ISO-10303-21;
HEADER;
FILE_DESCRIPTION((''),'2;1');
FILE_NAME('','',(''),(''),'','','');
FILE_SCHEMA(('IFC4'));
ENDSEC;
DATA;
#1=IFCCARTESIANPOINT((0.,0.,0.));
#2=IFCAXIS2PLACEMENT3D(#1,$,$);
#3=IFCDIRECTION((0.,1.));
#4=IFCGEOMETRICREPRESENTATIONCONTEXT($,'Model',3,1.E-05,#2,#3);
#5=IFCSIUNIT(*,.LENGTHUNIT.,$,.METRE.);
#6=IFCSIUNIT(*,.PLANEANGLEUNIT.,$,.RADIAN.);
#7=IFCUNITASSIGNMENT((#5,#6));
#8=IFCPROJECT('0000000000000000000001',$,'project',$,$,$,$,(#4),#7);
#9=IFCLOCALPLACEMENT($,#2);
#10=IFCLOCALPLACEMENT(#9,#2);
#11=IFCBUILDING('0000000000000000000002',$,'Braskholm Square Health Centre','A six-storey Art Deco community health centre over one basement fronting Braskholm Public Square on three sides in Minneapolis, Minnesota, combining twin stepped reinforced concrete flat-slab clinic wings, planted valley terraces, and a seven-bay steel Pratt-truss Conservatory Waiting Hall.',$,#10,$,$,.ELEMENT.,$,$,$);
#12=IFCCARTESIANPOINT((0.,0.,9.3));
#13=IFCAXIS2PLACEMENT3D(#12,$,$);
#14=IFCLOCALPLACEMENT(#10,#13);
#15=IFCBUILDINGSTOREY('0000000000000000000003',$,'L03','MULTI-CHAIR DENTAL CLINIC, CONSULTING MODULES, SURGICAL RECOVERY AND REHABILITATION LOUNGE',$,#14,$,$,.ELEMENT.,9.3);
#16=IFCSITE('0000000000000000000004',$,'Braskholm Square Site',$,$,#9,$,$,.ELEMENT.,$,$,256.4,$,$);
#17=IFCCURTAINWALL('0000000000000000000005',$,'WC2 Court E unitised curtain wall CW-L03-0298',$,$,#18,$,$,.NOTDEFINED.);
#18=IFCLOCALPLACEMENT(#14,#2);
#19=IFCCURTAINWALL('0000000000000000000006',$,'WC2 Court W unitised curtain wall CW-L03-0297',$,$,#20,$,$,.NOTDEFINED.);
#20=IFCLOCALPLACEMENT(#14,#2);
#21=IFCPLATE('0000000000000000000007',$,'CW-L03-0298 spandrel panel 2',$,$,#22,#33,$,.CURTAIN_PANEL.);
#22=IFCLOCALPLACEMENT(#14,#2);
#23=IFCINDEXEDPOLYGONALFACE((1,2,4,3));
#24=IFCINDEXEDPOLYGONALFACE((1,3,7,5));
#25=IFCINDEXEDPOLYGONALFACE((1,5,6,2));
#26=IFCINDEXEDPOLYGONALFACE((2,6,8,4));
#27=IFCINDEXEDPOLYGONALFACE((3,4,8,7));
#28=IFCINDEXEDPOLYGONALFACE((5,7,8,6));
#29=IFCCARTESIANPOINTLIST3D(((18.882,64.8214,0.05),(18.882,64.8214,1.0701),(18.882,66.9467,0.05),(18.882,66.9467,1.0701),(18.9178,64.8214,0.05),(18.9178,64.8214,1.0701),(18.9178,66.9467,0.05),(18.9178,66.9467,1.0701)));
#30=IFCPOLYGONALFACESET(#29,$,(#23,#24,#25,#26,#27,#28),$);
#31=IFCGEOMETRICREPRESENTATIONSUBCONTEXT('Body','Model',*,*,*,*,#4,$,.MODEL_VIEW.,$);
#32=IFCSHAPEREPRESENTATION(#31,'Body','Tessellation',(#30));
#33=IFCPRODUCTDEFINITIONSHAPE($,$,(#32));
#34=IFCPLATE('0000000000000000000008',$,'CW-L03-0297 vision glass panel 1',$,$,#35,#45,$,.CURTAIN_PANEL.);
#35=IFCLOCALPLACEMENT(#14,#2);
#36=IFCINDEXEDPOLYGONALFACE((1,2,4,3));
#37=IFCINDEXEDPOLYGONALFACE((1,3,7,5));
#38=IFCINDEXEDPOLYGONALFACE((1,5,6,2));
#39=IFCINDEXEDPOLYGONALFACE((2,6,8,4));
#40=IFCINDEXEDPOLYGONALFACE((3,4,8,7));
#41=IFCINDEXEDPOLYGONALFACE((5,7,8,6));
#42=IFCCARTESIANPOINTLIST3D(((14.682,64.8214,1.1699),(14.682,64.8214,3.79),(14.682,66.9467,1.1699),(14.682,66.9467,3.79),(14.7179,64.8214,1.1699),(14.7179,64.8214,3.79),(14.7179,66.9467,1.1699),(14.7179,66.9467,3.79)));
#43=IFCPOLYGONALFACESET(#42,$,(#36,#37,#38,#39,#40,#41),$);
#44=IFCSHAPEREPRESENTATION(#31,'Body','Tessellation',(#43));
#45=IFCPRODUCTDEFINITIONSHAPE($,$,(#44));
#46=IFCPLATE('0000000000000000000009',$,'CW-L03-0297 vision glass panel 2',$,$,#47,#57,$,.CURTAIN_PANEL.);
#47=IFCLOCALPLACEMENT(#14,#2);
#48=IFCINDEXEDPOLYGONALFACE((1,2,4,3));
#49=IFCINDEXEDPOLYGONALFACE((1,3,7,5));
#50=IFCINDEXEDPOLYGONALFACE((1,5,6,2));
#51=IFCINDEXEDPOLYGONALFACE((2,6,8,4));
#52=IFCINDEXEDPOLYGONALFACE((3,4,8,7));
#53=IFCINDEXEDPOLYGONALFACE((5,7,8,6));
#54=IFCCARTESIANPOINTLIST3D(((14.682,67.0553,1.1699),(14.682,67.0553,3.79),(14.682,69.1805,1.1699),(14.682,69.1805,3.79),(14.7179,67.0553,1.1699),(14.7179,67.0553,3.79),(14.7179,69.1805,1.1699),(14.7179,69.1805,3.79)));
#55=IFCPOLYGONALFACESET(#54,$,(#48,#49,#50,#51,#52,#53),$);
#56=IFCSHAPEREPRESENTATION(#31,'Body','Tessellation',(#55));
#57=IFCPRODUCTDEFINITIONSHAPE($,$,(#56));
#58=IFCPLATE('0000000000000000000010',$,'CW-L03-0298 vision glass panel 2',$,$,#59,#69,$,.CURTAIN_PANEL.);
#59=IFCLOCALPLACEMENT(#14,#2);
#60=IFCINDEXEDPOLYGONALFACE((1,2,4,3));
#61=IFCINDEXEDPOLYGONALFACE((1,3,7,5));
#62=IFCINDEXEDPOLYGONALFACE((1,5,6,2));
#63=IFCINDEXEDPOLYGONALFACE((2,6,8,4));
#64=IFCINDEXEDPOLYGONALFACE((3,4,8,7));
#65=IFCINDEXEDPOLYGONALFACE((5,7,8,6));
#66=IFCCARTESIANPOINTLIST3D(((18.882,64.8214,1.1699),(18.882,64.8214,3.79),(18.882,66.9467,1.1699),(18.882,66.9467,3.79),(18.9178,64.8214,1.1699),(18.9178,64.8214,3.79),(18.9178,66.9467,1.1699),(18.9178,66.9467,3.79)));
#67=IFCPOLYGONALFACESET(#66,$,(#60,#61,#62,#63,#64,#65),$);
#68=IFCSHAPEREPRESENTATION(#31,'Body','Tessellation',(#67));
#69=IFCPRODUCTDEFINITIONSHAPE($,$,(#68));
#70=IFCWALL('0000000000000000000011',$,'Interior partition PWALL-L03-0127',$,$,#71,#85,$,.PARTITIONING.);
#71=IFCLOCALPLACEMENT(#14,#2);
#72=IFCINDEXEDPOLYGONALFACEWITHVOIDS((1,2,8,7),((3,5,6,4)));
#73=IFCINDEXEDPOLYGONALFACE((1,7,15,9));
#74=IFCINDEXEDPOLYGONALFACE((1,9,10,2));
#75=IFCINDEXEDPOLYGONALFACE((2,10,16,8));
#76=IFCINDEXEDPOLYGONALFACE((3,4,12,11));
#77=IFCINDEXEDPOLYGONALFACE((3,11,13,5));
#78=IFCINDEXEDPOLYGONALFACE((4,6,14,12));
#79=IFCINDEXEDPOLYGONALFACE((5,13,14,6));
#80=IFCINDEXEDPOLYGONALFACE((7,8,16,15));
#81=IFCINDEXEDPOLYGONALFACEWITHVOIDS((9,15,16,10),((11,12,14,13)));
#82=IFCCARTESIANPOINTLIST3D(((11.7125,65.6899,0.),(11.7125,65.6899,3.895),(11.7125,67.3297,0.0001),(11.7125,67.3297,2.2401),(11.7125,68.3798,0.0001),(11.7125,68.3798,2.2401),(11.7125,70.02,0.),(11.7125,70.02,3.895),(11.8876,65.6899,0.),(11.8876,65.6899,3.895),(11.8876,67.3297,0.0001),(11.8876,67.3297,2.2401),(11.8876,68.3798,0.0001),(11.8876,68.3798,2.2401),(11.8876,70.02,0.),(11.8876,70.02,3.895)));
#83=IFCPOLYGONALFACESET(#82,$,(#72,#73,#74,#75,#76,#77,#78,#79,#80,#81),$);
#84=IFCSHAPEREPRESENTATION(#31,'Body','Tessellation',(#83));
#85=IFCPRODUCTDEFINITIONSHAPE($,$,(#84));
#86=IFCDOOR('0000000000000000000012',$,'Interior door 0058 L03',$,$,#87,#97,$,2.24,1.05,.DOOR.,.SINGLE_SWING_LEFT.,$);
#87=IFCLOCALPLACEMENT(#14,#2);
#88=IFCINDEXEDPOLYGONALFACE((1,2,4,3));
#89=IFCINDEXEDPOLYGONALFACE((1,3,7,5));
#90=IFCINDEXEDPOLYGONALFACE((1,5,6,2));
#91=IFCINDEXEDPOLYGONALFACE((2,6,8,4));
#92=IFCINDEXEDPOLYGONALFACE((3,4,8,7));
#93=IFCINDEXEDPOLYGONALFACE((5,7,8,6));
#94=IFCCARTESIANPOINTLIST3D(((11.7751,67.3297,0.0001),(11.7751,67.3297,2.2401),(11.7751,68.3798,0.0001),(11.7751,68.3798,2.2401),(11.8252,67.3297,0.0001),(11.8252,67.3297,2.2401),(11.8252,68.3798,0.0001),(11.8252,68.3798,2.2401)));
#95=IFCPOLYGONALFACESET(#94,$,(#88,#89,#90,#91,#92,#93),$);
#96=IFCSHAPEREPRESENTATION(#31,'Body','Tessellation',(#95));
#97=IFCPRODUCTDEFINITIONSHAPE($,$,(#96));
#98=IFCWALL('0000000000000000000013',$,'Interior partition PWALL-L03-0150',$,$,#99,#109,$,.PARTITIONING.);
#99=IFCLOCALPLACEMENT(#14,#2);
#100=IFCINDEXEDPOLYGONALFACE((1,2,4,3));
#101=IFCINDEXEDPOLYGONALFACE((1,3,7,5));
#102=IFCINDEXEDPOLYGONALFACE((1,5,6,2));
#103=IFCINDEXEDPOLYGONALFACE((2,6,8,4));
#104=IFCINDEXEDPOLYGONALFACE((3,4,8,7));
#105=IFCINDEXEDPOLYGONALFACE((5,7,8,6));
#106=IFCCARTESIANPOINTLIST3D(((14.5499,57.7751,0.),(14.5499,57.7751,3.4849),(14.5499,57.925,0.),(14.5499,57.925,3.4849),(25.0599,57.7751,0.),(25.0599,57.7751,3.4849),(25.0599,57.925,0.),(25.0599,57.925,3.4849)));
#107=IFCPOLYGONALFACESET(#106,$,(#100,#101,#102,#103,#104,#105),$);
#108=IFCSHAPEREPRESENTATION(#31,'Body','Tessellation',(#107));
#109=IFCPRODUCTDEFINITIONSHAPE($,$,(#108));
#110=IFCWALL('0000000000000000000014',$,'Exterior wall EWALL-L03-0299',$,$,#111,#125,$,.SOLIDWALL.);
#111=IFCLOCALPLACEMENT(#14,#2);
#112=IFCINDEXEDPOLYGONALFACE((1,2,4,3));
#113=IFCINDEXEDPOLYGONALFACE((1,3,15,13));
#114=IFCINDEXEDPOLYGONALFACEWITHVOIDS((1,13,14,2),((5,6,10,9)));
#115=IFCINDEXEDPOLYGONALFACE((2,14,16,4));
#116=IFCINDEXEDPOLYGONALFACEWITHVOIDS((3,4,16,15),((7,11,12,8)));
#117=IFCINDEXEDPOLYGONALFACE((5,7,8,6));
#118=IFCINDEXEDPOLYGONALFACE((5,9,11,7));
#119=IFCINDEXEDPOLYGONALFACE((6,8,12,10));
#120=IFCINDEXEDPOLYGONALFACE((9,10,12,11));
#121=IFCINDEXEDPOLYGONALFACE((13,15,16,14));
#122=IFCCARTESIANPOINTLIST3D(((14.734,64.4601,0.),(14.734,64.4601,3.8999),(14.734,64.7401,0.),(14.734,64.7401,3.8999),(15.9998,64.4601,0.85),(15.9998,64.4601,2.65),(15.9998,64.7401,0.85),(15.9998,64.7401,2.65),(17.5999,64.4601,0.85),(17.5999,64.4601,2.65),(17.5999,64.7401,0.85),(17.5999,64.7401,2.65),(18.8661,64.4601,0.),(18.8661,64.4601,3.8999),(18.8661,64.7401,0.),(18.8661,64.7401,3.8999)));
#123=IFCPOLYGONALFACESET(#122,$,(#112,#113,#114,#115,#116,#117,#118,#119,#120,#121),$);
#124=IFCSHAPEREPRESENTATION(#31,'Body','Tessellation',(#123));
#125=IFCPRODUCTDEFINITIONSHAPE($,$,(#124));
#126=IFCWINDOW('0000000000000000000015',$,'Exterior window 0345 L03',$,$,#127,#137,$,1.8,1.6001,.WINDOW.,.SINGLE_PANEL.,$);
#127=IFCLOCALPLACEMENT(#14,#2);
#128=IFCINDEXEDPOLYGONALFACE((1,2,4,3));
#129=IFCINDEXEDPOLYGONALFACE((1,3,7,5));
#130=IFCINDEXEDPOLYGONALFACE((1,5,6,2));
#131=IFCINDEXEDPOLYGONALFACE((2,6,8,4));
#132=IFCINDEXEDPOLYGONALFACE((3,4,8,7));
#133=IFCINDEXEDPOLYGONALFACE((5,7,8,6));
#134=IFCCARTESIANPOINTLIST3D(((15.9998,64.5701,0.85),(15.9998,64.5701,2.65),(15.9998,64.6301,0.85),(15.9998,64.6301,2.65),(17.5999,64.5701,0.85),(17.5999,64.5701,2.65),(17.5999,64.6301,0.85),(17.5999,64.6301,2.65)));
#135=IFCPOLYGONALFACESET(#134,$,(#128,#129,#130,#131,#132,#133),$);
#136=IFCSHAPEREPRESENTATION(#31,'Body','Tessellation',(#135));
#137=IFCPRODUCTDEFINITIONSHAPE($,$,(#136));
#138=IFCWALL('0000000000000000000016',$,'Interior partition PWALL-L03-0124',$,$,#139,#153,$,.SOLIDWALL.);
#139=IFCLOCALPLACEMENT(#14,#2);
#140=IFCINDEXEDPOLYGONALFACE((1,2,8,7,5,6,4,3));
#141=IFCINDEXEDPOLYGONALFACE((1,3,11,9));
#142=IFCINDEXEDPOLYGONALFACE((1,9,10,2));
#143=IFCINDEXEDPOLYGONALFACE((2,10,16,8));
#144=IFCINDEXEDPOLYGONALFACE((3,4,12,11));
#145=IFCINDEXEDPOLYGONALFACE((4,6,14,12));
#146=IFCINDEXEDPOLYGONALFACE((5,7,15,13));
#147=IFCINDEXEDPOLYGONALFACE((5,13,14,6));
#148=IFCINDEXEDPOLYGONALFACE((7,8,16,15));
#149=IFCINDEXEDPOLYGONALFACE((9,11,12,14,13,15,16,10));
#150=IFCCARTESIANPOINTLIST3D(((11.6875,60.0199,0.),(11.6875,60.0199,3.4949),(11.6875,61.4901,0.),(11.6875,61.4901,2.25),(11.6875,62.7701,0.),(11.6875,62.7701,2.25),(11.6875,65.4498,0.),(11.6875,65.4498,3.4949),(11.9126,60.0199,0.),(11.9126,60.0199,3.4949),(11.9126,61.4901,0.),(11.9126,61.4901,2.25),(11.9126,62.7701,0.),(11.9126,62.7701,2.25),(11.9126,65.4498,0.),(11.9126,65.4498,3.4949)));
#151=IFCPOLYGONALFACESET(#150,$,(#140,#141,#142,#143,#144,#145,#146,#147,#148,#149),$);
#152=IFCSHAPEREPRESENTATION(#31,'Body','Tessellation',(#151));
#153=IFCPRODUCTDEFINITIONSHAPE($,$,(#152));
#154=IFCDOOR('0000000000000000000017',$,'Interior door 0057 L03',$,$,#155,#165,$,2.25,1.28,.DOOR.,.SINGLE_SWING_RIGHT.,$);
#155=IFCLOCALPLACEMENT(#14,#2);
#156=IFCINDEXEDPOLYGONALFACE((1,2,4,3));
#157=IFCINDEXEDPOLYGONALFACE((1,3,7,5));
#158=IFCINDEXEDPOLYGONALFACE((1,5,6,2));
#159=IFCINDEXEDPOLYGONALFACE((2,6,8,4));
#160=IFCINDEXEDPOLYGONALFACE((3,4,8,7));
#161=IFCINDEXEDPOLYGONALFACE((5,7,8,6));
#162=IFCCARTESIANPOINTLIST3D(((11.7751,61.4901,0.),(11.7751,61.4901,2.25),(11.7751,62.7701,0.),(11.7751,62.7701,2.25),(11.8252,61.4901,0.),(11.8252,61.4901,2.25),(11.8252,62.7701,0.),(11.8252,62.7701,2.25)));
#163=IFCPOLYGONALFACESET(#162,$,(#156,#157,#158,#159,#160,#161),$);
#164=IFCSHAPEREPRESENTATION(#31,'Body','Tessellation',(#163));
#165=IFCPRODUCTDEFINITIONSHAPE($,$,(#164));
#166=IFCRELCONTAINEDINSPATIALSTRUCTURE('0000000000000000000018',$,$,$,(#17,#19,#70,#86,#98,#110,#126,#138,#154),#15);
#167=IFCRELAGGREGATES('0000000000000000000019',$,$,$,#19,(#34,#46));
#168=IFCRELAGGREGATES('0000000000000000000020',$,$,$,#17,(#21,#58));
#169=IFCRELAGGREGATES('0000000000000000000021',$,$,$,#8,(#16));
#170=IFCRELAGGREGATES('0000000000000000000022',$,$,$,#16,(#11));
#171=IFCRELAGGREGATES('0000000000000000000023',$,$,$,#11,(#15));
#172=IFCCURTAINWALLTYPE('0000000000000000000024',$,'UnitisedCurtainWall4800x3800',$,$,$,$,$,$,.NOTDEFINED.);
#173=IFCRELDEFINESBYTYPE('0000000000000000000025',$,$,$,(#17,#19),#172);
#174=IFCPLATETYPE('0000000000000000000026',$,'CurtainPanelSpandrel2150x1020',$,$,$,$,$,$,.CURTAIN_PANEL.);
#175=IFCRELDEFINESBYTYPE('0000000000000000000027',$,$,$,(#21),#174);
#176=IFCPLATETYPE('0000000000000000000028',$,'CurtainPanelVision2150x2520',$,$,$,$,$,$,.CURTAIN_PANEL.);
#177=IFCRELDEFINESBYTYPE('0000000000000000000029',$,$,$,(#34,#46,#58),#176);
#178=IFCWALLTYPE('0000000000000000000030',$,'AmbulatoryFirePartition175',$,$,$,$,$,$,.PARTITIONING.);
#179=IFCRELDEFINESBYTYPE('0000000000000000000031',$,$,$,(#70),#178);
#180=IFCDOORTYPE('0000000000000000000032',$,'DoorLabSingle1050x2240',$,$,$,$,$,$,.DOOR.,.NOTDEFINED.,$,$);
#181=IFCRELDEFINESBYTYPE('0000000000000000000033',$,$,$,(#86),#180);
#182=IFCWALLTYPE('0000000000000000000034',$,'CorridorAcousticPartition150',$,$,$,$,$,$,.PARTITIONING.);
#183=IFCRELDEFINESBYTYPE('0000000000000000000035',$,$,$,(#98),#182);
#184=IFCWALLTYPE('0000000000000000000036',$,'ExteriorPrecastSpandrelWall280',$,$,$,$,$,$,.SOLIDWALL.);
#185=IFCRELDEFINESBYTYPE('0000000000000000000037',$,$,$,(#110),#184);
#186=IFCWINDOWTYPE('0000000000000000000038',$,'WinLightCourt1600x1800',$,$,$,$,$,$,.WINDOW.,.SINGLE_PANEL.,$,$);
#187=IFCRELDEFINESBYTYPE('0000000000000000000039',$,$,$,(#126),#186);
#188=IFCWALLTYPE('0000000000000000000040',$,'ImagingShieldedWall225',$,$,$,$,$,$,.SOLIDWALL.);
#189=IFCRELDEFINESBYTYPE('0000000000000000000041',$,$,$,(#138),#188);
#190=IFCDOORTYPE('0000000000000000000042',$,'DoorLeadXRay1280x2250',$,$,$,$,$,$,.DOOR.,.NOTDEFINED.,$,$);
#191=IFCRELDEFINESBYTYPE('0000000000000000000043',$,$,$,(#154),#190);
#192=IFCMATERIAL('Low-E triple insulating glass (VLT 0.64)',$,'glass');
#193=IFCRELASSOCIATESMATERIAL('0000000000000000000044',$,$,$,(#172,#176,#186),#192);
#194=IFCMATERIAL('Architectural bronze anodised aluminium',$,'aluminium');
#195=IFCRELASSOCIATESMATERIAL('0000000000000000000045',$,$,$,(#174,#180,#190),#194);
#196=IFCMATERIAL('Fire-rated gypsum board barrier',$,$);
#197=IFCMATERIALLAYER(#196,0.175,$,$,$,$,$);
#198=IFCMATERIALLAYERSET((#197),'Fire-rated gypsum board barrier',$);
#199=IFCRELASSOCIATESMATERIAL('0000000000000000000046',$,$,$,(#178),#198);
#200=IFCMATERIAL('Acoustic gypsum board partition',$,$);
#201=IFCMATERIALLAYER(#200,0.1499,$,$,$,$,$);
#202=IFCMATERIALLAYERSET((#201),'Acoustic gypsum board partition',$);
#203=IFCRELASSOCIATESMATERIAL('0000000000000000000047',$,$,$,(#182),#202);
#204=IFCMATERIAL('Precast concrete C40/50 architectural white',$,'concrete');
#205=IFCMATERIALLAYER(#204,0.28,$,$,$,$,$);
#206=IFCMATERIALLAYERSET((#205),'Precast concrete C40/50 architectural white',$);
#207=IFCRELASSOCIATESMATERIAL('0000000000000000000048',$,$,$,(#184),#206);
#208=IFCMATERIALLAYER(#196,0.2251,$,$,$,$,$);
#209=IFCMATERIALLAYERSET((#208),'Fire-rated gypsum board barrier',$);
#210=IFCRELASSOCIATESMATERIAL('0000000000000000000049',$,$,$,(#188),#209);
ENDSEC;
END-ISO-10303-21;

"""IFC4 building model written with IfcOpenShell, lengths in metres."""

from ifc_helpers import new_model, si_unit, direction, frame, frame_2d, origin, origin_with_axes, origin_2d, place, context, subcontext, project, spatial, rectangle, extrude, material, layer, layer_set, type_object, element, fill, aggregate, save


model = new_model("IFC4")

# Units and contexts
model_context = context("Model", 3, precision=1e-05, world=origin(), true_north=direction((0.0, 1.0)))
body_context = subcontext(model_context, "Body", "Model", "MODEL_VIEW")
ifc_project = project(units=[si_unit("LENGTHUNIT", "METRE"), si_unit("PLANEANGLEUNIT", "RADIAN")], contexts=[model_context])

# Site, building, storey
site_placement = place(None, origin())
site = spatial("IfcSite", under=ifc_project, at=site_placement, Name="Braskholm Square Site", CompositionType="ELEMENT", RefElevation=256.4)
building_placement = place(site_placement, origin())
building = spatial("IfcBuilding", under=site, at=building_placement, Name="Braskholm Square Health Centre", Description="A six-storey Art Deco community health centre over one basement fronting Braskholm Public Square on three sides in Minneapolis, Minnesota, combining twin stepped reinforced concrete flat-slab clinic wings, planted valley terraces, and a seven-bay steel Pratt-truss Conservatory Waiting Hall.", CompositionType="ELEMENT")
storey_placement = place(building_placement, frame((0.0, 0.0, 9.3)))
storey = spatial("IfcBuildingStorey", under=building, at=storey_placement, Name="L03", Description="MULTI-CHAIR DENTAL CLINIC, CONSULTING MODULES, SURGICAL RECOVERY AND REHABILITATION LOUNGE", CompositionType="ELEMENT", Elevation=9.3)

# Curtain walls
ifc_material_1 = material(Name="Low-E triple insulating glass (VLT 0.64)", Category="glass")
curtain_wall_type = type_object("IfcCurtainWallType", Name="UnitisedCurtainWall4800x3800", PredefinedType="NOTDEFINED", material=ifc_material_1)
curtain_wall_1_placement = place(storey_placement, origin())
curtain_wall_1 = element("IfcCurtainWall", 1, at=curtain_wall_1_placement, inside=storey, type_object=curtain_wall_type, Name="WC2 Court E unitised curtain wall CW-L03-0298", PredefinedType="NOTDEFINED")
ifc_material_2 = material(Name="Architectural bronze anodised aluminium", Category="aluminium")
curtain_wall_2_placement = place(storey_placement, origin())
curtain_wall_2 = element("IfcCurtainWall", 2, at=curtain_wall_2_placement, inside=storey, type_object=curtain_wall_type, Name="WC2 Court W unitised curtain wall CW-L03-0297", PredefinedType="NOTDEFINED")

# Plates
plate_type_1 = type_object("IfcPlateType", Name="CurtainPanelSpandrel2150x1020", PredefinedType="CURTAIN_PANEL", material=ifc_material_2)
plate_1_placement = place(storey_placement, frame((18.8999, 65.884, 0.05), z_axis=(0.0, 0.0, 1.0), x_axis=(0.0, -1.0, 0.0)))
plate_1 = element("IfcPlate", 3, at=plate_1_placement, type_object=plate_type_1, Name="CW-L03-0298 spandrel panel 2", PredefinedType="CURTAIN_PANEL", context=body_context, shape_type="SweptSolid", body=[
    extrude(rectangle(XDim=2.1252, YDim=0.0359, at=origin_2d()), origin(), (0.0, 0.0, 1.0), 1.02),
])
plate_type_2 = type_object("IfcPlateType", Name="CurtainPanelVision2150x2520", PredefinedType="CURTAIN_PANEL", material=ifc_material_1)
plate_2_placement = place(storey_placement, frame((14.7, 65.884, 1.1699), z_axis=(0.0, 0.0, 1.0), x_axis=(0.0, 1.0, 0.0)))
plate_2 = element("IfcPlate", 4, at=plate_2_placement, type_object=plate_type_2, Name="CW-L03-0297 vision glass panel 1", PredefinedType="CURTAIN_PANEL", context=body_context, shape_type="SweptSolid", body=[
    extrude(rectangle(XDim=2.1252, YDim=0.0359, at=origin_2d()), origin(), (0.0, 0.0, 1.0), 2.6201),
])
plate_3_placement = place(storey_placement, frame((14.7, 68.1179, 1.1699), z_axis=(0.0, 0.0, 1.0), x_axis=(0.0, 1.0, 0.0)))
plate_3 = element("IfcPlate", 5, at=plate_3_placement, type_object=plate_type_2, Name="CW-L03-0297 vision glass panel 2", PredefinedType="CURTAIN_PANEL", context=body_context, shape_type="SweptSolid", body=[
    extrude(rectangle(XDim=2.1252, YDim=0.0359, at=origin_2d()), origin(), (0.0, 0.0, 1.0), 2.6201),
])
aggregate(curtain_wall_2, [plate_2, plate_3])
plate_4_placement = place(storey_placement, frame((18.8999, 65.884, 1.1699), z_axis=(0.0, 0.0, 1.0), x_axis=(0.0, -1.0, 0.0)))
plate_4 = element("IfcPlate", 6, at=plate_4_placement, type_object=plate_type_2, Name="CW-L03-0298 vision glass panel 2", PredefinedType="CURTAIN_PANEL", context=body_context, shape_type="SweptSolid", body=[
    extrude(rectangle(XDim=2.1252, YDim=0.0359, at=origin_2d()), origin(), (0.0, 0.0, 1.0), 2.6201),
])
aggregate(curtain_wall_1, [plate_1, plate_4])

# Wall, opening, door
ifc_material_3 = material(Name="Fire-rated gypsum board barrier")
ifc_layer_1 = layer(ifc_material_3, 0.175)
ifc_layer_set_1 = layer_set([ifc_layer_1], Name="Fire-rated gypsum board barrier")
wall_type_1 = type_object("IfcWallType", Name="AmbulatoryFirePartition175", PredefinedType="PARTITIONING", material=ifc_layer_set_1)
wall_1_placement = place(storey_placement, frame((11.8, 65.6899, 0.0), z_axis=(0.0, 0.0, 1.0), x_axis=(0.0, 1.0, 0.0)))
wall_1 = element("IfcWall", 7, at=wall_1_placement, inside=storey, type_object=wall_type_1, Name="Interior partition PWALL-L03-0127", PredefinedType="PARTITIONING", context=body_context, shape_type="SweptSolid", body=[
    extrude(rectangle(XDim=4.3301, YDim=0.175, at=frame_2d((2.165, 0.0))), origin(), (0.0, 0.0, 1.0), 3.895),
])
opening_1_placement = place(wall_1_placement, frame((1.6399, 0.0, 0.0)))
opening_1 = element("IfcOpeningElement", 8, at=opening_1_placement, cuts=wall_1, PredefinedType="OPENING", context=body_context, shape_type="SweptSolid", body=[
    extrude(rectangle(XDim=1.05, YDim=2.24, at=frame_2d((0.5249, 1.1201))), frame((0.0, 0.0977, 0.0), z_axis=(0.0, -1.0, 0.0), x_axis=(1.0, 0.0, 0.0)), (0.0, 0.0, 1.0), 0.1951),
])
door_type_1 = type_object("IfcDoorType", Name="DoorLabSingle1050x2240", OperationType="NOTDEFINED", PredefinedType="DOOR", material=ifc_material_2)
door_1_placement = place(opening_1_placement, origin_with_axes())
door_1 = element("IfcDoor", 9, at=door_1_placement, inside=storey, type_object=door_type_1, Name="Interior door 0058 L03", OperationType="SINGLE_SWING_LEFT", OverallHeight=2.24, OverallWidth=1.05, PredefinedType="DOOR", context=body_context, shape_type="SweptSolid", body=[
    extrude(rectangle(XDim=1.05, YDim=2.24, at=frame_2d((0.5249, 1.1201))), frame((0.0, 0.0249, 0.0), z_axis=(0.0, -1.0, 0.0), x_axis=(1.0, 0.0, 0.0)), (0.0, 0.0, 1.0), 0.05),
])
fill(opening_1, door_1)

# Wall
ifc_material_4 = material(Name="Acoustic gypsum board partition")
ifc_layer_2 = layer(ifc_material_4, 0.1499)
ifc_layer_set_2 = layer_set([ifc_layer_2], Name="Acoustic gypsum board partition")
wall_type_2 = type_object("IfcWallType", Name="CorridorAcousticPartition150", PredefinedType="PARTITIONING", material=ifc_layer_set_2)
wall_2_placement = place(storey_placement, frame((14.55, 57.8501, 0.0), z_axis=(0.0, 0.0, 1.0), x_axis=(1.0, 0.0, 0.0)))
element("IfcWall", 10, at=wall_2_placement, inside=storey, type_object=wall_type_2, Name="Interior partition PWALL-L03-0150", PredefinedType="PARTITIONING", context=body_context, shape_type="SweptSolid", body=[
    extrude(rectangle(XDim=10.51, YDim=0.1499, at=frame_2d((5.2549, 0.0))), origin(), (0.0, 0.0, 1.0), 3.4849),
])

# Wall, opening, window
ifc_material_5 = material(Name="Precast concrete C40/50 architectural white", Category="concrete")
ifc_layer_3 = layer(ifc_material_5, 0.28)
ifc_layer_set_3 = layer_set([ifc_layer_3], Name="Precast concrete C40/50 architectural white")
wall_type_3 = type_object("IfcWallType", Name="ExteriorPrecastSpandrelWall280", PredefinedType="SOLIDWALL", material=ifc_layer_set_3)
wall_3_placement = place(storey_placement, frame((18.866, 64.6001, 0.0), z_axis=(0.0, 0.0, 1.0), x_axis=(-1.0, 0.0, 0.0)))
wall_3 = element("IfcWall", 11, at=wall_3_placement, inside=storey, type_object=wall_type_3, Name="Exterior wall EWALL-L03-0299", PredefinedType="SOLIDWALL", context=body_context, shape_type="SweptSolid", body=[
    extrude(rectangle(XDim=4.1321, YDim=0.28, at=frame_2d((2.0659, 0.0))), origin(), (0.0, 0.0, 1.0), 3.8999),
])
opening_2_placement = place(wall_3_placement, frame((1.2661, 0.0, 0.8501)))
opening_2 = element("IfcOpeningElement", 12, at=opening_2_placement, cuts=wall_3, PredefinedType="OPENING", context=body_context, shape_type="SweptSolid", body=[
    extrude(rectangle(XDim=1.6001, YDim=1.8, at=frame_2d((0.8, 0.8999))), frame((0.0, 0.1499, 0.0), z_axis=(0.0, -1.0, 0.0), x_axis=(1.0, 0.0, 0.0)), (0.0, 0.0, 1.0), 0.3),
])
window_type = type_object("IfcWindowType", Name="WinLightCourt1600x1800", PartitioningType="SINGLE_PANEL", PredefinedType="WINDOW", material=ifc_material_1)
window_placement = place(opening_2_placement, origin_with_axes())
window = element("IfcWindow", 13, at=window_placement, inside=storey, type_object=window_type, Name="Exterior window 0345 L03", OverallHeight=1.8, OverallWidth=1.6001, PartitioningType="SINGLE_PANEL", PredefinedType="WINDOW", context=body_context, shape_type="SweptSolid", body=[
    extrude(rectangle(XDim=1.6001, YDim=1.8, at=frame_2d((0.8, 0.8999))), frame((0.0, 0.03, 0.0), z_axis=(0.0, -1.0, 0.0), x_axis=(1.0, 0.0, 0.0)), (0.0, 0.0, 1.0), 0.0601),
])
fill(opening_2, window)

# Wall, opening, door
ifc_layer_4 = layer(ifc_material_3, 0.2251)
ifc_layer_set_4 = layer_set([ifc_layer_4], Name="Fire-rated gypsum board barrier")
wall_type_4 = type_object("IfcWallType", Name="ImagingShieldedWall225", PredefinedType="SOLIDWALL", material=ifc_layer_set_4)
wall_4_placement = place(storey_placement, frame((11.8, 60.02, 0.0), z_axis=(0.0, 0.0, 1.0), x_axis=(0.0, 1.0, 0.0)))
wall_4 = element("IfcWall", 14, at=wall_4_placement, inside=storey, type_object=wall_type_4, Name="Interior partition PWALL-L03-0124", PredefinedType="SOLIDWALL", context=body_context, shape_type="SweptSolid", body=[
    extrude(rectangle(XDim=5.4299, YDim=0.2251, at=frame_2d((2.7148, 0.0))), origin(), (0.0, 0.0, 1.0), 3.4949),
])
opening_3_placement = place(wall_4_placement, frame((1.47, 0.0, 0.0)))
opening_3 = element("IfcOpeningElement", 15, at=opening_3_placement, cuts=wall_4, PredefinedType="OPENING", context=body_context, shape_type="SweptSolid", body=[
    extrude(rectangle(XDim=1.28, YDim=2.25, at=frame_2d((0.6401, 1.125))), frame((0.0, 0.1226, 0.0), z_axis=(0.0, -1.0, 0.0), x_axis=(1.0, 0.0, 0.0)), (0.0, 0.0, 1.0), 0.2451),
])
door_type_2 = type_object("IfcDoorType", Name="DoorLeadXRay1280x2250", OperationType="NOTDEFINED", PredefinedType="DOOR", material=ifc_material_2)
door_2_placement = place(opening_3_placement, origin_with_axes())
door_2 = element("IfcDoor", 16, at=door_2_placement, inside=storey, type_object=door_type_2, Name="Interior door 0057 L03", OperationType="SINGLE_SWING_RIGHT", OverallHeight=2.25, OverallWidth=1.28, PredefinedType="DOOR", context=body_context, shape_type="SweptSolid", body=[
    extrude(rectangle(XDim=1.28, YDim=2.25, at=frame_2d((0.6401, 1.125))), frame((0.0, 0.0249, 0.0), z_axis=(0.0, -1.0, 0.0), x_axis=(1.0, 0.0, 0.0)), (0.0, 0.0, 1.0), 0.05),
])
fill(opening_3, door_2)

save(model, "model.ifc")
